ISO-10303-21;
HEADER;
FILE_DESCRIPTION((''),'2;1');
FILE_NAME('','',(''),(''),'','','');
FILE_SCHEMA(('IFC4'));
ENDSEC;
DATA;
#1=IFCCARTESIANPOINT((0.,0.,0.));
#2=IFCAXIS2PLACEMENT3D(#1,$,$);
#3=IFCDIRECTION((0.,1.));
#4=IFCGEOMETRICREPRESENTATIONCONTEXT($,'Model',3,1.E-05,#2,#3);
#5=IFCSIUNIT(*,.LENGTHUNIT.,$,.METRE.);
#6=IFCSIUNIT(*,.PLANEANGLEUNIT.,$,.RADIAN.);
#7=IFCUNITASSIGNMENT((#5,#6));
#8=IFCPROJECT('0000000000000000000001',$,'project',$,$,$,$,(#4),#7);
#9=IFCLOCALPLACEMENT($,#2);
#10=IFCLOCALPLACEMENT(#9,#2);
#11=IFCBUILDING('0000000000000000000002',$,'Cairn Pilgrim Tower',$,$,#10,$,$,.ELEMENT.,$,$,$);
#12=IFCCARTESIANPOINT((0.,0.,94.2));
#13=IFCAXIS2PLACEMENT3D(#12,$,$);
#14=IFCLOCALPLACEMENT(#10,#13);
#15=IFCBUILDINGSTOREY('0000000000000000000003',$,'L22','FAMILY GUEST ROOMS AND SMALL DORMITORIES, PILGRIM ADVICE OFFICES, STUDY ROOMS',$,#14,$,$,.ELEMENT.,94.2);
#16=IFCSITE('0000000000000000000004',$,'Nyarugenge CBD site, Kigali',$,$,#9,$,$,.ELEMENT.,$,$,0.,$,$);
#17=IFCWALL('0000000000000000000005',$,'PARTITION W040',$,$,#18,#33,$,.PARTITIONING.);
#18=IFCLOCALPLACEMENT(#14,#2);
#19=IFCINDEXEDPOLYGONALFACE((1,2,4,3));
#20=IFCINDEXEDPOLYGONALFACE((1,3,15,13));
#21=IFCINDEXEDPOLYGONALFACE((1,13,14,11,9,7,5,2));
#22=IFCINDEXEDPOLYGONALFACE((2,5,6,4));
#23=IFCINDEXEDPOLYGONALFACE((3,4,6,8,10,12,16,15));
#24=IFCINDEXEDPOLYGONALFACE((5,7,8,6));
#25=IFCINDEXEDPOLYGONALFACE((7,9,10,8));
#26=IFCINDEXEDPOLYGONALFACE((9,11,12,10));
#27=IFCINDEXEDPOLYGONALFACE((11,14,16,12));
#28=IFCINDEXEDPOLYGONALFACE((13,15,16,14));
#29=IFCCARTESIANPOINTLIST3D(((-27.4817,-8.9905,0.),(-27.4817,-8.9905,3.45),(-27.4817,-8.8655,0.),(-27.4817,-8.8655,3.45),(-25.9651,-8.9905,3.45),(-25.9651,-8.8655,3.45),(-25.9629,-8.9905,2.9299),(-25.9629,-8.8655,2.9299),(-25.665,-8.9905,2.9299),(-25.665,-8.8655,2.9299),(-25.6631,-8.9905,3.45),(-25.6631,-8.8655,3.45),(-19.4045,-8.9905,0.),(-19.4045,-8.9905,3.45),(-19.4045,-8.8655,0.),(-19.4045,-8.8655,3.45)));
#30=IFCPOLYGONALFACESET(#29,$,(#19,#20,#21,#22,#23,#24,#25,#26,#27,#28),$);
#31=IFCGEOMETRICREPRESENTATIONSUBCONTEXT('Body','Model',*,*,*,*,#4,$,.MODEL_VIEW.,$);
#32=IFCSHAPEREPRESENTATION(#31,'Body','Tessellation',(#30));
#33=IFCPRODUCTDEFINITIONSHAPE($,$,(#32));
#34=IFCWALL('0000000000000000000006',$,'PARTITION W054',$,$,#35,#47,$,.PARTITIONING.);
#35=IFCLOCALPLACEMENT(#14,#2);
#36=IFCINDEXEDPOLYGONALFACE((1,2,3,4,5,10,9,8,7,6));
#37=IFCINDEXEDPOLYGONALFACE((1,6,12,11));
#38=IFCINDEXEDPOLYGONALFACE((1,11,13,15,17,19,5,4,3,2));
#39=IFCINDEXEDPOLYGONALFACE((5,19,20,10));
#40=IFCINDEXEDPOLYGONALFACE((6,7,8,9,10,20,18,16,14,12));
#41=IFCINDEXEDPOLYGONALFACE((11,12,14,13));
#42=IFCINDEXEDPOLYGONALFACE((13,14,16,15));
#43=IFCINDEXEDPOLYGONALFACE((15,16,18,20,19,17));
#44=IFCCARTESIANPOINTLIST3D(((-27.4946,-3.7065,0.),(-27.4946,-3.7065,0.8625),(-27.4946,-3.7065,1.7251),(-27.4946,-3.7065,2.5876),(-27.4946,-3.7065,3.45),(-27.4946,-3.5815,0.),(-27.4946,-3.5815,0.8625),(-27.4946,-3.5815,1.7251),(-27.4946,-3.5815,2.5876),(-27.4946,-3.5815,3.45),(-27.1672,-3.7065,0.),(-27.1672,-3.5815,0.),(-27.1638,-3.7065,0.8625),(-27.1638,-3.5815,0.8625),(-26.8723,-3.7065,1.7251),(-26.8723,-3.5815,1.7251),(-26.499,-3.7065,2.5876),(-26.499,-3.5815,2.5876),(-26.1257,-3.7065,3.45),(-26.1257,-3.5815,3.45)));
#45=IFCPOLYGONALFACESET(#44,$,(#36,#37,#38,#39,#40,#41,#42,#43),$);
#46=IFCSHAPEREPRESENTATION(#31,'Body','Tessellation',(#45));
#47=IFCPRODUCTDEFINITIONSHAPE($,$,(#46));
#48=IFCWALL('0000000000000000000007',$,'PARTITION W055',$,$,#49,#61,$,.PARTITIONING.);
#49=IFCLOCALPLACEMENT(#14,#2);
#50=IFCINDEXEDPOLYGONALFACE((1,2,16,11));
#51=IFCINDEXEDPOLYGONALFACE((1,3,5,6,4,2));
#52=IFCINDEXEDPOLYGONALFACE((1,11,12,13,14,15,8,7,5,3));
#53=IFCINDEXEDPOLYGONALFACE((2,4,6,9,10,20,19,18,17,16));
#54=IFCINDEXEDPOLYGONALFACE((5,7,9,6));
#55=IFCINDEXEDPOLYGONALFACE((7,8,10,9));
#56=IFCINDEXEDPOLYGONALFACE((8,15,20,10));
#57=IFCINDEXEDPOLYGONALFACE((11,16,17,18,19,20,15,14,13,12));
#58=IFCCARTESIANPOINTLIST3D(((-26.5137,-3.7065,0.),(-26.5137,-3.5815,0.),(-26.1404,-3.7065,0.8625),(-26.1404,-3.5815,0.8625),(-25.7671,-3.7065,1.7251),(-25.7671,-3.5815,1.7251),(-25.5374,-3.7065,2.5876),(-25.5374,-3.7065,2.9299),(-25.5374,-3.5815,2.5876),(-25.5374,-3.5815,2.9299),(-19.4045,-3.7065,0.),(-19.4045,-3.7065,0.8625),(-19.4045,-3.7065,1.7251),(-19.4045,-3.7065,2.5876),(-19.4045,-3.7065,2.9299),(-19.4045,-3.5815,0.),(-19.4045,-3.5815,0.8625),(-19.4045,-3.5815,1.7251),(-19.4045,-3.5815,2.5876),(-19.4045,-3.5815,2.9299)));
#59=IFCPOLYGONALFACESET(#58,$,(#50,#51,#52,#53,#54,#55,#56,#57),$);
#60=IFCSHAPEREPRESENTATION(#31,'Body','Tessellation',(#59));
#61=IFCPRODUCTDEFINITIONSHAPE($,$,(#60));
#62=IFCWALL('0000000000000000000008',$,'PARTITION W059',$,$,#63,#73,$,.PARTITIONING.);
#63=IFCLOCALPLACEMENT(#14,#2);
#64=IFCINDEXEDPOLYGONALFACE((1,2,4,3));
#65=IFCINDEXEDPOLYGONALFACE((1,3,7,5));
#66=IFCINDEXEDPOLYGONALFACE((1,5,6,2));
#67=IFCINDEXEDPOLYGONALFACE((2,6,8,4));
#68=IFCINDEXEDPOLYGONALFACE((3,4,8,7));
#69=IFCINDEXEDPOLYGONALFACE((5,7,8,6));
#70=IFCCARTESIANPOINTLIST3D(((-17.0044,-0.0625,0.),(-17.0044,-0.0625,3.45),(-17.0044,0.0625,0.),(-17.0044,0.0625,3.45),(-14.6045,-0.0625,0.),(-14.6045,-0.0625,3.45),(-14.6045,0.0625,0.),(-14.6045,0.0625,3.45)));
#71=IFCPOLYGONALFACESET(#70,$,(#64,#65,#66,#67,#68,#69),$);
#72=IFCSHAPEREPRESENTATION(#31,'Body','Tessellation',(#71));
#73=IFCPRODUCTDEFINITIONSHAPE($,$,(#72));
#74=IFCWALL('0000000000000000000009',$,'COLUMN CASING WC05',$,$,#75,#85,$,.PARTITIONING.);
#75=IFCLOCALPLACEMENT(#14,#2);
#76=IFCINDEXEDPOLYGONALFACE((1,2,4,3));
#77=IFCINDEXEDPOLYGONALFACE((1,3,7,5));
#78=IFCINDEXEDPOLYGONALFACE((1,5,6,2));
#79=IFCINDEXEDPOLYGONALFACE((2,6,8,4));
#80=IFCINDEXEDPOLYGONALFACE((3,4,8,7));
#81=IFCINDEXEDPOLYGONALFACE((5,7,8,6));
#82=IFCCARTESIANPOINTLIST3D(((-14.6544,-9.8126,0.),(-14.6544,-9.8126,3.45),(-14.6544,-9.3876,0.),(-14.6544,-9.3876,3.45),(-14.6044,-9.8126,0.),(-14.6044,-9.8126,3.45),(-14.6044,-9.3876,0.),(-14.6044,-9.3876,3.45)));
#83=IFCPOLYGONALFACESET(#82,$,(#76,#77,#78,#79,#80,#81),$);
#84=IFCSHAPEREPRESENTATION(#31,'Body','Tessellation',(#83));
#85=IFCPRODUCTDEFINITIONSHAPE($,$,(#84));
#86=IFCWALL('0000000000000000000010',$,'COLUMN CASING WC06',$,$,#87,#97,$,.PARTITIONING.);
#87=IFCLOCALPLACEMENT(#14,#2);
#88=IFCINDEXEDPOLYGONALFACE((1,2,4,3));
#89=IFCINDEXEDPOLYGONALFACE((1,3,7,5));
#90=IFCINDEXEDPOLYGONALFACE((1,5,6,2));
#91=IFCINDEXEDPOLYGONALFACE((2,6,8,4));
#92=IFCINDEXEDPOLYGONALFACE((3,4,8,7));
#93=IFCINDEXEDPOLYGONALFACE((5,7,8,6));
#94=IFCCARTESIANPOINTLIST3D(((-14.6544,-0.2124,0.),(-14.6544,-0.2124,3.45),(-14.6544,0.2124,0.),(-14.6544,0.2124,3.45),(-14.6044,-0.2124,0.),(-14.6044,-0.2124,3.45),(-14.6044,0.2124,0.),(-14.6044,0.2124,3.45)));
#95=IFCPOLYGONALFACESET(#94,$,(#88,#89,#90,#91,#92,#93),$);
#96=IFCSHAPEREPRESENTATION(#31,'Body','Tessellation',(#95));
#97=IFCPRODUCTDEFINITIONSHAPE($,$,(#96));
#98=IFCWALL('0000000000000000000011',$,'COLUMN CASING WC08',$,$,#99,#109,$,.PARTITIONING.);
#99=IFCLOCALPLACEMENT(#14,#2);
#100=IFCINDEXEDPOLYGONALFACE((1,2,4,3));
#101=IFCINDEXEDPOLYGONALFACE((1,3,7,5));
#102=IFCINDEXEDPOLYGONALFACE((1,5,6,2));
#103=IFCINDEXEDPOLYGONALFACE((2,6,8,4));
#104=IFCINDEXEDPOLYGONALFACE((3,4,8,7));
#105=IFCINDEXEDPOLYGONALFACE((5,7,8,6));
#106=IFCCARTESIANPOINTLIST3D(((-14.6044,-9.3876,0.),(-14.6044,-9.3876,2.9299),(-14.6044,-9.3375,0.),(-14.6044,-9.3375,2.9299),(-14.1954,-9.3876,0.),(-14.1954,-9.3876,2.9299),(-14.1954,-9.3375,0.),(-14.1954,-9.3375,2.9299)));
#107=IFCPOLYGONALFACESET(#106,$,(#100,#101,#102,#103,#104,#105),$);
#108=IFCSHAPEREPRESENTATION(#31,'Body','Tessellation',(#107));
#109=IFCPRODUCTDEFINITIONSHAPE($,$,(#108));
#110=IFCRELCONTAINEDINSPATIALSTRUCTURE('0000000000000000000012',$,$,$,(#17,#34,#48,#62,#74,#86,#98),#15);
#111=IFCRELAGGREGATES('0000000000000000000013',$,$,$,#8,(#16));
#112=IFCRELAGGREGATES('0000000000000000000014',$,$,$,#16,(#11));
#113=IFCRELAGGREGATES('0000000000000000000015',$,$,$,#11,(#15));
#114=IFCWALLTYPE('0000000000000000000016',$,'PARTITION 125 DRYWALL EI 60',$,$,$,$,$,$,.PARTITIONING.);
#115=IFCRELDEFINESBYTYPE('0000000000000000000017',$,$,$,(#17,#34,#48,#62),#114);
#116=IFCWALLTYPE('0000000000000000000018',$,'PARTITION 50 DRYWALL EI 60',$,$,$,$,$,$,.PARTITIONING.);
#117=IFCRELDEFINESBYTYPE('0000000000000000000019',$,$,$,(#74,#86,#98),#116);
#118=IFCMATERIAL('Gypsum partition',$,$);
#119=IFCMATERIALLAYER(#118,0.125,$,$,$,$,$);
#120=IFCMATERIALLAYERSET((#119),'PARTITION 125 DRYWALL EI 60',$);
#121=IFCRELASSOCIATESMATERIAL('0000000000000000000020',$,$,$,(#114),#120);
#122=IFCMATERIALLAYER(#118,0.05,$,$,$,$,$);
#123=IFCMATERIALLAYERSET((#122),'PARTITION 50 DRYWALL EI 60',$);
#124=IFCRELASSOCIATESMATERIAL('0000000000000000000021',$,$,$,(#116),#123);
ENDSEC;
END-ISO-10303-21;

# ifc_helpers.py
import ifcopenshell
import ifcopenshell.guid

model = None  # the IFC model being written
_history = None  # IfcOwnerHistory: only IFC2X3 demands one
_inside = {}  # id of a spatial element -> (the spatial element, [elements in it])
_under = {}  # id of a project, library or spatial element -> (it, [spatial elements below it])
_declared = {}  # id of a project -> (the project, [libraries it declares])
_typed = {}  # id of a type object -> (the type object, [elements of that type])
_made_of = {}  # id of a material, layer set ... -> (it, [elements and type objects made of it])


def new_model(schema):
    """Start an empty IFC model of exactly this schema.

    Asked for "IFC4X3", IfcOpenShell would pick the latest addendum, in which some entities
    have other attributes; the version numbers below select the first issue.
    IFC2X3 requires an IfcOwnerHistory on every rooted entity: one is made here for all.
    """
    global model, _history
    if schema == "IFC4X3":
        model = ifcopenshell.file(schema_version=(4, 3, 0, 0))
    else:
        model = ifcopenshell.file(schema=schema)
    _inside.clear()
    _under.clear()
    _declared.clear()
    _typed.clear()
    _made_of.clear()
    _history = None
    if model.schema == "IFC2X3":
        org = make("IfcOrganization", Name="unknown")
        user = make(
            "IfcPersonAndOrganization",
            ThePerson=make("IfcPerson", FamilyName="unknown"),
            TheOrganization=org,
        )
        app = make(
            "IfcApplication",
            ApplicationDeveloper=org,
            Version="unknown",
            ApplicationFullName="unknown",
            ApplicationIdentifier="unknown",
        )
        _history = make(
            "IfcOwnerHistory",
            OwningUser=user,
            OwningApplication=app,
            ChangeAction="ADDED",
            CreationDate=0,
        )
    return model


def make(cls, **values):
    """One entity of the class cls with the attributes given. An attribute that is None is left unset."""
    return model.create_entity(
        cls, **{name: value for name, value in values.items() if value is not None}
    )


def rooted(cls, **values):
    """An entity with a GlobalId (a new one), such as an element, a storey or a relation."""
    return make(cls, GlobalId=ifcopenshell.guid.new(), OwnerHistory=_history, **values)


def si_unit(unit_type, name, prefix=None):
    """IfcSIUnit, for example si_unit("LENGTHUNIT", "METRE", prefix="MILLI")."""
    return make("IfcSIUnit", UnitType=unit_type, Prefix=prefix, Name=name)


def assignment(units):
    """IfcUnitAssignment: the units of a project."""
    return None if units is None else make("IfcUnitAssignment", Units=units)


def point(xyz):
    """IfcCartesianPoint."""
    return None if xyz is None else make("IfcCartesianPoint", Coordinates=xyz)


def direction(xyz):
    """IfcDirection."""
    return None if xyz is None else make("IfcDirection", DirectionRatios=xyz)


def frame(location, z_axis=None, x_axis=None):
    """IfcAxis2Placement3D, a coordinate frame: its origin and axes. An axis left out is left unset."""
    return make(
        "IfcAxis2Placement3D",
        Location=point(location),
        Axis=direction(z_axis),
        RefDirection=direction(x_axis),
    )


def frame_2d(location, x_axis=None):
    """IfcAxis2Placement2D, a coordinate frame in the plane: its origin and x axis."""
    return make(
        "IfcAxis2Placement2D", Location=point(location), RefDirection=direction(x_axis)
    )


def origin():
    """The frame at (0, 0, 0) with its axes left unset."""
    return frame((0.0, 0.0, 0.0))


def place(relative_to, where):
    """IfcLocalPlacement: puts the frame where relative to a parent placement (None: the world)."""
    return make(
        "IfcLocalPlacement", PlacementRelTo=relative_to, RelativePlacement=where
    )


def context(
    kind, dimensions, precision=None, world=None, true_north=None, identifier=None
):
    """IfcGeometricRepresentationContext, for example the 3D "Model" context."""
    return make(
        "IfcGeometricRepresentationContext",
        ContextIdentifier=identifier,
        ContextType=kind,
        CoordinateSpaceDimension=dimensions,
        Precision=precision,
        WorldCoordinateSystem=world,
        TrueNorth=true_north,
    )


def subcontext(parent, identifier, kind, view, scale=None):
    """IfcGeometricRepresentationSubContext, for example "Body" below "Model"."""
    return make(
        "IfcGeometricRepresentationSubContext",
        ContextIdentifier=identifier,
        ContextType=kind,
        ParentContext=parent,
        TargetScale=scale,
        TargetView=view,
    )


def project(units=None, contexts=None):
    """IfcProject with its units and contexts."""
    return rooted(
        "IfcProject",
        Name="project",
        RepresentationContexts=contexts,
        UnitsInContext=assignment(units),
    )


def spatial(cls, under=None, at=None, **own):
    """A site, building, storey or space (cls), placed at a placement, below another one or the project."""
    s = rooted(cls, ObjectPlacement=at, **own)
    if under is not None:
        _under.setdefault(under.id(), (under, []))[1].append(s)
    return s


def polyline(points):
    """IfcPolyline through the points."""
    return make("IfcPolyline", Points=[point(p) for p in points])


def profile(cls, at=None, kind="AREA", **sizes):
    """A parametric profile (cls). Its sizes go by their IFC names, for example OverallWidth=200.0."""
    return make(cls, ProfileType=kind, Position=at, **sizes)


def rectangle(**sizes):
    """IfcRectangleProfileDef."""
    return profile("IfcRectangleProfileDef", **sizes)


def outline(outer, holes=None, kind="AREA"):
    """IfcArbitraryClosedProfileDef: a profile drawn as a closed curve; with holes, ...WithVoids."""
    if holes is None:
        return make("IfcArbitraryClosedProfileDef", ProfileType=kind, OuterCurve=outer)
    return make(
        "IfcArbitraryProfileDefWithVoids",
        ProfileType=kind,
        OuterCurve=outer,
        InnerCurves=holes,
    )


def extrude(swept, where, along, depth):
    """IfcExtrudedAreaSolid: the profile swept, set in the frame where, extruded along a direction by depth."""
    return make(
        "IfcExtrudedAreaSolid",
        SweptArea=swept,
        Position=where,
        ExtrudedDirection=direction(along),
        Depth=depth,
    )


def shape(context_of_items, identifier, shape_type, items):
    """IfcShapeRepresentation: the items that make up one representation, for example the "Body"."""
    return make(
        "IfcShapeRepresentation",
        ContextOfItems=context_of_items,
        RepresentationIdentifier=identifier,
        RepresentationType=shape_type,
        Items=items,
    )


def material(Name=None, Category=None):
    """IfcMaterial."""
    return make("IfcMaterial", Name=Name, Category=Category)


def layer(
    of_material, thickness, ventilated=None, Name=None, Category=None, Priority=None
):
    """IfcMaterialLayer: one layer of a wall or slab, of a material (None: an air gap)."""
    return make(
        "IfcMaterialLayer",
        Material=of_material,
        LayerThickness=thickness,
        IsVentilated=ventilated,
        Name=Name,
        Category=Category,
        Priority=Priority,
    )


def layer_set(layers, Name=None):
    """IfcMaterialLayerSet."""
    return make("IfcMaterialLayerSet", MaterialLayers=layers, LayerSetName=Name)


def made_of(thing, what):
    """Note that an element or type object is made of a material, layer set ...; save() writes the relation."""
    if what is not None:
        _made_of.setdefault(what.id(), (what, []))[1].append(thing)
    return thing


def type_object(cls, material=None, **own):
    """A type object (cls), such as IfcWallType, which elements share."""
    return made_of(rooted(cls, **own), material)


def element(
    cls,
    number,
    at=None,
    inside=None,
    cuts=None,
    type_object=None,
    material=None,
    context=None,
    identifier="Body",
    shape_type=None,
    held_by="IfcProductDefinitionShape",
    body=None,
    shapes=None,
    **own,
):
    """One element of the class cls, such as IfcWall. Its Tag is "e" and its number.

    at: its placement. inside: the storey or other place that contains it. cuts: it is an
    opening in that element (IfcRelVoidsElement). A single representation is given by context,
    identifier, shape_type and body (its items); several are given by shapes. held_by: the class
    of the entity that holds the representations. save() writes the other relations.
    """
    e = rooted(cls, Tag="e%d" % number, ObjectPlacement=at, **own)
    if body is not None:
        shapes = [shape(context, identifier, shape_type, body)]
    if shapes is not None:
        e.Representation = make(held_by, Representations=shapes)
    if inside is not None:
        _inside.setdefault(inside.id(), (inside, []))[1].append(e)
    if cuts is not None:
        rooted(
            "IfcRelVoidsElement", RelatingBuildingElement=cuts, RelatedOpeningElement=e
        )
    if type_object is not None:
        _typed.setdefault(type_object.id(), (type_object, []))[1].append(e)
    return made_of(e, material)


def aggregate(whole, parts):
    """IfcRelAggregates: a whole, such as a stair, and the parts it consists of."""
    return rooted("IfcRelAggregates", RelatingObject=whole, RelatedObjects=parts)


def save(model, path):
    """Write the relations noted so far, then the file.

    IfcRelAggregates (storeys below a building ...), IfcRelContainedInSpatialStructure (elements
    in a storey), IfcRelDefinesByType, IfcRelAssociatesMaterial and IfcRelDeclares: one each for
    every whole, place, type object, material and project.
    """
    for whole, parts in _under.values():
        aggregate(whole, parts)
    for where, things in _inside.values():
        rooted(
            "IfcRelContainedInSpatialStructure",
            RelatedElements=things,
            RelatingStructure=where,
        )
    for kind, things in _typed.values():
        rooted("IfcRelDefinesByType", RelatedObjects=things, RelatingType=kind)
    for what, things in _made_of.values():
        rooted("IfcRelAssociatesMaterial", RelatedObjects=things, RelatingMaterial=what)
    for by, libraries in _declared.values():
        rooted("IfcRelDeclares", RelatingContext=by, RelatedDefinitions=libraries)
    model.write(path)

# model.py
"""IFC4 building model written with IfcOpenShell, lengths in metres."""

from ifc_helpers import new_model, si_unit, direction, frame, frame_2d, origin, place, context, subcontext, project, spatial, polyline, rectangle, outline, extrude, material, layer, layer_set, type_object, element, save


model = new_model("IFC4")

# Units and contexts
model_context = context("Model", 3, precision=1e-05, world=origin(), true_north=direction((0.0, 1.0)))
body_context = subcontext(model_context, "Body", "Model", "MODEL_VIEW")
ifc_project = project(units=[si_unit("LENGTHUNIT", "METRE"), si_unit("PLANEANGLEUNIT", "RADIAN")], contexts=[model_context])

# Site, building, storey
site_placement = place(None, origin())
site = spatial("IfcSite", under=ifc_project, at=site_placement, Name="Nyarugenge CBD site, Kigali", CompositionType="ELEMENT", RefElevation=0.0)
building_placement = place(site_placement, origin())
building = spatial("IfcBuilding", under=site, at=building_placement, Name="Cairn Pilgrim Tower", CompositionType="ELEMENT")
storey_placement = place(building_placement, frame((0.0, 0.0, 94.2)))
storey = spatial("IfcBuildingStorey", under=building, at=storey_placement, Name="L22", Description="FAMILY GUEST ROOMS AND SMALL DORMITORIES, PILGRIM ADVICE OFFICES, STUDY ROOMS", CompositionType="ELEMENT", Elevation=94.2)

# Shared definitions
ifc_material_1 = material(Name="Gypsum partition")

# Shared definitions
ifc_layer_1 = layer(ifc_material_1, 0.125)
ifc_layer_set_1 = layer_set([ifc_layer_1], Name="PARTITION 125 DRYWALL EI 60")
wall_type_1 = type_object("IfcWallType", Name="PARTITION 125 DRYWALL EI 60", PredefinedType="PARTITIONING", material=ifc_layer_set_1)

# Walls
wall_1_placement = place(storey_placement, frame((-27.4817, -8.928, 0.0), z_axis=(0.0, 0.0, 1.0), x_axis=(1.0, 0.0, 0.0)))
element("IfcWall", 1, at=wall_1_placement, inside=storey, type_object=wall_type_1, Name="PARTITION W040", PredefinedType="PARTITIONING", context=body_context, shape_type="SweptSolid", body=[
    extrude(outline(polyline([(0.0, 0.0), (8.0771, 0.0), (8.0771, 3.45), (1.8186, 3.45), (1.8167, 2.9299), (1.5188, 2.9299), (1.5166, 3.45), (0.0, 3.45), (0.0, 0.0)])), frame((0.0, 0.0625, 0.0), z_axis=(0.0, -1.0, 0.0), x_axis=(1.0, 0.0, 0.0)), (0.0, 0.0, 1.0), 0.125),
])
wall_2_placement = place(storey_placement, frame((-27.4946, -3.644, 0.0), z_axis=(0.0, 0.0, 1.0), x_axis=(1.0, 0.0, 0.0)))
element("IfcWall", 2, at=wall_2_placement, inside=storey, type_object=wall_type_1, Name="PARTITION W054", PredefinedType="PARTITIONING", context=body_context, shape_type="SweptSolid", body=[
    extrude(outline(polyline([(0.0, 0.0), (0.3274, 0.0), (0.3308, 0.8625), (0.6223, 1.7251), (0.9956, 2.5876), (1.3689, 3.45), (0.0, 3.45), (0.0, 2.5876), (0.0, 1.7251), (0.0, 0.8625), (0.0, 0.0)])), frame((0.0, 0.0625, 0.0), z_axis=(0.0, -1.0, 0.0), x_axis=(1.0, 0.0, 0.0)), (0.0, 0.0, 1.0), 0.125),
])
wall_3_placement = place(storey_placement, frame((-26.5137, -3.644, 0.0), z_axis=(0.0, 0.0, 1.0), x_axis=(1.0, 0.0, 0.0)))
element("IfcWall", 3, at=wall_3_placement, inside=storey, type_object=wall_type_1, Name="PARTITION W055", PredefinedType="PARTITIONING", context=body_context, shape_type="SweptSolid", body=[
    extrude(outline(polyline([(0.0, 0.0), (7.1091, 0.0), (7.1091, 0.8625), (7.1091, 1.7251), (7.1091, 2.5876), (7.1091, 2.9299), (0.9763, 2.9299), (0.9763, 2.5876), (0.7466, 1.7251), (0.3733, 0.8625), (0.0, 0.0)])), frame((0.0, 0.0625, 0.0), z_axis=(0.0, -1.0, 0.0), x_axis=(1.0, 0.0, 0.0)), (0.0, 0.0, 1.0), 0.125),
])
wall_4_placement = place(storey_placement, frame((-17.0044, 0.0, 0.0), z_axis=(0.0, 0.0, 1.0), x_axis=(1.0, 0.0, 0.0)))
element("IfcWall", 4, at=wall_4_placement, inside=storey, type_object=wall_type_1, Name="PARTITION W059", PredefinedType="PARTITIONING", context=body_context, shape_type="SweptSolid", body=[
    extrude(rectangle(XDim=2.3999, YDim=0.125, at=frame_2d((1.2, 0.0))), origin(), (0.0, 0.0, 1.0), 3.45),
])
ifc_layer_2 = layer(ifc_material_1, 0.05)
ifc_layer_set_2 = layer_set([ifc_layer_2], Name="PARTITION 50 DRYWALL EI 60")
wall_type_2 = type_object("IfcWallType", Name="PARTITION 50 DRYWALL EI 60", PredefinedType="PARTITIONING", material=ifc_layer_set_2)
wall_5_placement = place(storey_placement, frame((-14.6294, -9.8125, 0.0), z_axis=(0.0, 0.0, 1.0), x_axis=(0.0, 1.0, 0.0)))
element("IfcWall", 5, at=wall_5_placement, inside=storey, type_object=wall_type_2, Name="COLUMN CASING WC05", PredefinedType="PARTITIONING", context=body_context, shape_type="SweptSolid", body=[
    extrude(rectangle(XDim=0.425, YDim=0.05, at=frame_2d((0.2124, 0.0))), origin(), (0.0, 0.0, 1.0), 3.45),
])
wall_6_placement = place(storey_placement, frame((-14.6294, -0.2124, 0.0), z_axis=(0.0, 0.0, 1.0), x_axis=(0.0, 1.0, 0.0)))
element("IfcWall", 6, at=wall_6_placement, inside=storey, type_object=wall_type_2, Name="COLUMN CASING WC06", PredefinedType="PARTITIONING", context=body_context, shape_type="SweptSolid", body=[
    extrude(rectangle(XDim=0.4248, YDim=0.05, at=frame_2d((0.2124, 0.0))), origin(), (0.0, 0.0, 1.0), 3.45),
])
wall_7_placement = place(storey_placement, frame((-14.6045, -9.3625, 0.0), z_axis=(0.0, 0.0, 1.0), x_axis=(1.0, 0.0, 0.0)))
element("IfcWall", 7, at=wall_7_placement, inside=storey, type_object=wall_type_2, Name="COLUMN CASING WC08", PredefinedType="PARTITIONING", context=body_context, shape_type="SweptSolid", body=[
    extrude(rectangle(XDim=0.4089, YDim=0.05, at=frame_2d((0.2046, 0.0))), origin(), (0.0, 0.0, 1.0), 2.9299),
])

save(model, "model.ifc")
